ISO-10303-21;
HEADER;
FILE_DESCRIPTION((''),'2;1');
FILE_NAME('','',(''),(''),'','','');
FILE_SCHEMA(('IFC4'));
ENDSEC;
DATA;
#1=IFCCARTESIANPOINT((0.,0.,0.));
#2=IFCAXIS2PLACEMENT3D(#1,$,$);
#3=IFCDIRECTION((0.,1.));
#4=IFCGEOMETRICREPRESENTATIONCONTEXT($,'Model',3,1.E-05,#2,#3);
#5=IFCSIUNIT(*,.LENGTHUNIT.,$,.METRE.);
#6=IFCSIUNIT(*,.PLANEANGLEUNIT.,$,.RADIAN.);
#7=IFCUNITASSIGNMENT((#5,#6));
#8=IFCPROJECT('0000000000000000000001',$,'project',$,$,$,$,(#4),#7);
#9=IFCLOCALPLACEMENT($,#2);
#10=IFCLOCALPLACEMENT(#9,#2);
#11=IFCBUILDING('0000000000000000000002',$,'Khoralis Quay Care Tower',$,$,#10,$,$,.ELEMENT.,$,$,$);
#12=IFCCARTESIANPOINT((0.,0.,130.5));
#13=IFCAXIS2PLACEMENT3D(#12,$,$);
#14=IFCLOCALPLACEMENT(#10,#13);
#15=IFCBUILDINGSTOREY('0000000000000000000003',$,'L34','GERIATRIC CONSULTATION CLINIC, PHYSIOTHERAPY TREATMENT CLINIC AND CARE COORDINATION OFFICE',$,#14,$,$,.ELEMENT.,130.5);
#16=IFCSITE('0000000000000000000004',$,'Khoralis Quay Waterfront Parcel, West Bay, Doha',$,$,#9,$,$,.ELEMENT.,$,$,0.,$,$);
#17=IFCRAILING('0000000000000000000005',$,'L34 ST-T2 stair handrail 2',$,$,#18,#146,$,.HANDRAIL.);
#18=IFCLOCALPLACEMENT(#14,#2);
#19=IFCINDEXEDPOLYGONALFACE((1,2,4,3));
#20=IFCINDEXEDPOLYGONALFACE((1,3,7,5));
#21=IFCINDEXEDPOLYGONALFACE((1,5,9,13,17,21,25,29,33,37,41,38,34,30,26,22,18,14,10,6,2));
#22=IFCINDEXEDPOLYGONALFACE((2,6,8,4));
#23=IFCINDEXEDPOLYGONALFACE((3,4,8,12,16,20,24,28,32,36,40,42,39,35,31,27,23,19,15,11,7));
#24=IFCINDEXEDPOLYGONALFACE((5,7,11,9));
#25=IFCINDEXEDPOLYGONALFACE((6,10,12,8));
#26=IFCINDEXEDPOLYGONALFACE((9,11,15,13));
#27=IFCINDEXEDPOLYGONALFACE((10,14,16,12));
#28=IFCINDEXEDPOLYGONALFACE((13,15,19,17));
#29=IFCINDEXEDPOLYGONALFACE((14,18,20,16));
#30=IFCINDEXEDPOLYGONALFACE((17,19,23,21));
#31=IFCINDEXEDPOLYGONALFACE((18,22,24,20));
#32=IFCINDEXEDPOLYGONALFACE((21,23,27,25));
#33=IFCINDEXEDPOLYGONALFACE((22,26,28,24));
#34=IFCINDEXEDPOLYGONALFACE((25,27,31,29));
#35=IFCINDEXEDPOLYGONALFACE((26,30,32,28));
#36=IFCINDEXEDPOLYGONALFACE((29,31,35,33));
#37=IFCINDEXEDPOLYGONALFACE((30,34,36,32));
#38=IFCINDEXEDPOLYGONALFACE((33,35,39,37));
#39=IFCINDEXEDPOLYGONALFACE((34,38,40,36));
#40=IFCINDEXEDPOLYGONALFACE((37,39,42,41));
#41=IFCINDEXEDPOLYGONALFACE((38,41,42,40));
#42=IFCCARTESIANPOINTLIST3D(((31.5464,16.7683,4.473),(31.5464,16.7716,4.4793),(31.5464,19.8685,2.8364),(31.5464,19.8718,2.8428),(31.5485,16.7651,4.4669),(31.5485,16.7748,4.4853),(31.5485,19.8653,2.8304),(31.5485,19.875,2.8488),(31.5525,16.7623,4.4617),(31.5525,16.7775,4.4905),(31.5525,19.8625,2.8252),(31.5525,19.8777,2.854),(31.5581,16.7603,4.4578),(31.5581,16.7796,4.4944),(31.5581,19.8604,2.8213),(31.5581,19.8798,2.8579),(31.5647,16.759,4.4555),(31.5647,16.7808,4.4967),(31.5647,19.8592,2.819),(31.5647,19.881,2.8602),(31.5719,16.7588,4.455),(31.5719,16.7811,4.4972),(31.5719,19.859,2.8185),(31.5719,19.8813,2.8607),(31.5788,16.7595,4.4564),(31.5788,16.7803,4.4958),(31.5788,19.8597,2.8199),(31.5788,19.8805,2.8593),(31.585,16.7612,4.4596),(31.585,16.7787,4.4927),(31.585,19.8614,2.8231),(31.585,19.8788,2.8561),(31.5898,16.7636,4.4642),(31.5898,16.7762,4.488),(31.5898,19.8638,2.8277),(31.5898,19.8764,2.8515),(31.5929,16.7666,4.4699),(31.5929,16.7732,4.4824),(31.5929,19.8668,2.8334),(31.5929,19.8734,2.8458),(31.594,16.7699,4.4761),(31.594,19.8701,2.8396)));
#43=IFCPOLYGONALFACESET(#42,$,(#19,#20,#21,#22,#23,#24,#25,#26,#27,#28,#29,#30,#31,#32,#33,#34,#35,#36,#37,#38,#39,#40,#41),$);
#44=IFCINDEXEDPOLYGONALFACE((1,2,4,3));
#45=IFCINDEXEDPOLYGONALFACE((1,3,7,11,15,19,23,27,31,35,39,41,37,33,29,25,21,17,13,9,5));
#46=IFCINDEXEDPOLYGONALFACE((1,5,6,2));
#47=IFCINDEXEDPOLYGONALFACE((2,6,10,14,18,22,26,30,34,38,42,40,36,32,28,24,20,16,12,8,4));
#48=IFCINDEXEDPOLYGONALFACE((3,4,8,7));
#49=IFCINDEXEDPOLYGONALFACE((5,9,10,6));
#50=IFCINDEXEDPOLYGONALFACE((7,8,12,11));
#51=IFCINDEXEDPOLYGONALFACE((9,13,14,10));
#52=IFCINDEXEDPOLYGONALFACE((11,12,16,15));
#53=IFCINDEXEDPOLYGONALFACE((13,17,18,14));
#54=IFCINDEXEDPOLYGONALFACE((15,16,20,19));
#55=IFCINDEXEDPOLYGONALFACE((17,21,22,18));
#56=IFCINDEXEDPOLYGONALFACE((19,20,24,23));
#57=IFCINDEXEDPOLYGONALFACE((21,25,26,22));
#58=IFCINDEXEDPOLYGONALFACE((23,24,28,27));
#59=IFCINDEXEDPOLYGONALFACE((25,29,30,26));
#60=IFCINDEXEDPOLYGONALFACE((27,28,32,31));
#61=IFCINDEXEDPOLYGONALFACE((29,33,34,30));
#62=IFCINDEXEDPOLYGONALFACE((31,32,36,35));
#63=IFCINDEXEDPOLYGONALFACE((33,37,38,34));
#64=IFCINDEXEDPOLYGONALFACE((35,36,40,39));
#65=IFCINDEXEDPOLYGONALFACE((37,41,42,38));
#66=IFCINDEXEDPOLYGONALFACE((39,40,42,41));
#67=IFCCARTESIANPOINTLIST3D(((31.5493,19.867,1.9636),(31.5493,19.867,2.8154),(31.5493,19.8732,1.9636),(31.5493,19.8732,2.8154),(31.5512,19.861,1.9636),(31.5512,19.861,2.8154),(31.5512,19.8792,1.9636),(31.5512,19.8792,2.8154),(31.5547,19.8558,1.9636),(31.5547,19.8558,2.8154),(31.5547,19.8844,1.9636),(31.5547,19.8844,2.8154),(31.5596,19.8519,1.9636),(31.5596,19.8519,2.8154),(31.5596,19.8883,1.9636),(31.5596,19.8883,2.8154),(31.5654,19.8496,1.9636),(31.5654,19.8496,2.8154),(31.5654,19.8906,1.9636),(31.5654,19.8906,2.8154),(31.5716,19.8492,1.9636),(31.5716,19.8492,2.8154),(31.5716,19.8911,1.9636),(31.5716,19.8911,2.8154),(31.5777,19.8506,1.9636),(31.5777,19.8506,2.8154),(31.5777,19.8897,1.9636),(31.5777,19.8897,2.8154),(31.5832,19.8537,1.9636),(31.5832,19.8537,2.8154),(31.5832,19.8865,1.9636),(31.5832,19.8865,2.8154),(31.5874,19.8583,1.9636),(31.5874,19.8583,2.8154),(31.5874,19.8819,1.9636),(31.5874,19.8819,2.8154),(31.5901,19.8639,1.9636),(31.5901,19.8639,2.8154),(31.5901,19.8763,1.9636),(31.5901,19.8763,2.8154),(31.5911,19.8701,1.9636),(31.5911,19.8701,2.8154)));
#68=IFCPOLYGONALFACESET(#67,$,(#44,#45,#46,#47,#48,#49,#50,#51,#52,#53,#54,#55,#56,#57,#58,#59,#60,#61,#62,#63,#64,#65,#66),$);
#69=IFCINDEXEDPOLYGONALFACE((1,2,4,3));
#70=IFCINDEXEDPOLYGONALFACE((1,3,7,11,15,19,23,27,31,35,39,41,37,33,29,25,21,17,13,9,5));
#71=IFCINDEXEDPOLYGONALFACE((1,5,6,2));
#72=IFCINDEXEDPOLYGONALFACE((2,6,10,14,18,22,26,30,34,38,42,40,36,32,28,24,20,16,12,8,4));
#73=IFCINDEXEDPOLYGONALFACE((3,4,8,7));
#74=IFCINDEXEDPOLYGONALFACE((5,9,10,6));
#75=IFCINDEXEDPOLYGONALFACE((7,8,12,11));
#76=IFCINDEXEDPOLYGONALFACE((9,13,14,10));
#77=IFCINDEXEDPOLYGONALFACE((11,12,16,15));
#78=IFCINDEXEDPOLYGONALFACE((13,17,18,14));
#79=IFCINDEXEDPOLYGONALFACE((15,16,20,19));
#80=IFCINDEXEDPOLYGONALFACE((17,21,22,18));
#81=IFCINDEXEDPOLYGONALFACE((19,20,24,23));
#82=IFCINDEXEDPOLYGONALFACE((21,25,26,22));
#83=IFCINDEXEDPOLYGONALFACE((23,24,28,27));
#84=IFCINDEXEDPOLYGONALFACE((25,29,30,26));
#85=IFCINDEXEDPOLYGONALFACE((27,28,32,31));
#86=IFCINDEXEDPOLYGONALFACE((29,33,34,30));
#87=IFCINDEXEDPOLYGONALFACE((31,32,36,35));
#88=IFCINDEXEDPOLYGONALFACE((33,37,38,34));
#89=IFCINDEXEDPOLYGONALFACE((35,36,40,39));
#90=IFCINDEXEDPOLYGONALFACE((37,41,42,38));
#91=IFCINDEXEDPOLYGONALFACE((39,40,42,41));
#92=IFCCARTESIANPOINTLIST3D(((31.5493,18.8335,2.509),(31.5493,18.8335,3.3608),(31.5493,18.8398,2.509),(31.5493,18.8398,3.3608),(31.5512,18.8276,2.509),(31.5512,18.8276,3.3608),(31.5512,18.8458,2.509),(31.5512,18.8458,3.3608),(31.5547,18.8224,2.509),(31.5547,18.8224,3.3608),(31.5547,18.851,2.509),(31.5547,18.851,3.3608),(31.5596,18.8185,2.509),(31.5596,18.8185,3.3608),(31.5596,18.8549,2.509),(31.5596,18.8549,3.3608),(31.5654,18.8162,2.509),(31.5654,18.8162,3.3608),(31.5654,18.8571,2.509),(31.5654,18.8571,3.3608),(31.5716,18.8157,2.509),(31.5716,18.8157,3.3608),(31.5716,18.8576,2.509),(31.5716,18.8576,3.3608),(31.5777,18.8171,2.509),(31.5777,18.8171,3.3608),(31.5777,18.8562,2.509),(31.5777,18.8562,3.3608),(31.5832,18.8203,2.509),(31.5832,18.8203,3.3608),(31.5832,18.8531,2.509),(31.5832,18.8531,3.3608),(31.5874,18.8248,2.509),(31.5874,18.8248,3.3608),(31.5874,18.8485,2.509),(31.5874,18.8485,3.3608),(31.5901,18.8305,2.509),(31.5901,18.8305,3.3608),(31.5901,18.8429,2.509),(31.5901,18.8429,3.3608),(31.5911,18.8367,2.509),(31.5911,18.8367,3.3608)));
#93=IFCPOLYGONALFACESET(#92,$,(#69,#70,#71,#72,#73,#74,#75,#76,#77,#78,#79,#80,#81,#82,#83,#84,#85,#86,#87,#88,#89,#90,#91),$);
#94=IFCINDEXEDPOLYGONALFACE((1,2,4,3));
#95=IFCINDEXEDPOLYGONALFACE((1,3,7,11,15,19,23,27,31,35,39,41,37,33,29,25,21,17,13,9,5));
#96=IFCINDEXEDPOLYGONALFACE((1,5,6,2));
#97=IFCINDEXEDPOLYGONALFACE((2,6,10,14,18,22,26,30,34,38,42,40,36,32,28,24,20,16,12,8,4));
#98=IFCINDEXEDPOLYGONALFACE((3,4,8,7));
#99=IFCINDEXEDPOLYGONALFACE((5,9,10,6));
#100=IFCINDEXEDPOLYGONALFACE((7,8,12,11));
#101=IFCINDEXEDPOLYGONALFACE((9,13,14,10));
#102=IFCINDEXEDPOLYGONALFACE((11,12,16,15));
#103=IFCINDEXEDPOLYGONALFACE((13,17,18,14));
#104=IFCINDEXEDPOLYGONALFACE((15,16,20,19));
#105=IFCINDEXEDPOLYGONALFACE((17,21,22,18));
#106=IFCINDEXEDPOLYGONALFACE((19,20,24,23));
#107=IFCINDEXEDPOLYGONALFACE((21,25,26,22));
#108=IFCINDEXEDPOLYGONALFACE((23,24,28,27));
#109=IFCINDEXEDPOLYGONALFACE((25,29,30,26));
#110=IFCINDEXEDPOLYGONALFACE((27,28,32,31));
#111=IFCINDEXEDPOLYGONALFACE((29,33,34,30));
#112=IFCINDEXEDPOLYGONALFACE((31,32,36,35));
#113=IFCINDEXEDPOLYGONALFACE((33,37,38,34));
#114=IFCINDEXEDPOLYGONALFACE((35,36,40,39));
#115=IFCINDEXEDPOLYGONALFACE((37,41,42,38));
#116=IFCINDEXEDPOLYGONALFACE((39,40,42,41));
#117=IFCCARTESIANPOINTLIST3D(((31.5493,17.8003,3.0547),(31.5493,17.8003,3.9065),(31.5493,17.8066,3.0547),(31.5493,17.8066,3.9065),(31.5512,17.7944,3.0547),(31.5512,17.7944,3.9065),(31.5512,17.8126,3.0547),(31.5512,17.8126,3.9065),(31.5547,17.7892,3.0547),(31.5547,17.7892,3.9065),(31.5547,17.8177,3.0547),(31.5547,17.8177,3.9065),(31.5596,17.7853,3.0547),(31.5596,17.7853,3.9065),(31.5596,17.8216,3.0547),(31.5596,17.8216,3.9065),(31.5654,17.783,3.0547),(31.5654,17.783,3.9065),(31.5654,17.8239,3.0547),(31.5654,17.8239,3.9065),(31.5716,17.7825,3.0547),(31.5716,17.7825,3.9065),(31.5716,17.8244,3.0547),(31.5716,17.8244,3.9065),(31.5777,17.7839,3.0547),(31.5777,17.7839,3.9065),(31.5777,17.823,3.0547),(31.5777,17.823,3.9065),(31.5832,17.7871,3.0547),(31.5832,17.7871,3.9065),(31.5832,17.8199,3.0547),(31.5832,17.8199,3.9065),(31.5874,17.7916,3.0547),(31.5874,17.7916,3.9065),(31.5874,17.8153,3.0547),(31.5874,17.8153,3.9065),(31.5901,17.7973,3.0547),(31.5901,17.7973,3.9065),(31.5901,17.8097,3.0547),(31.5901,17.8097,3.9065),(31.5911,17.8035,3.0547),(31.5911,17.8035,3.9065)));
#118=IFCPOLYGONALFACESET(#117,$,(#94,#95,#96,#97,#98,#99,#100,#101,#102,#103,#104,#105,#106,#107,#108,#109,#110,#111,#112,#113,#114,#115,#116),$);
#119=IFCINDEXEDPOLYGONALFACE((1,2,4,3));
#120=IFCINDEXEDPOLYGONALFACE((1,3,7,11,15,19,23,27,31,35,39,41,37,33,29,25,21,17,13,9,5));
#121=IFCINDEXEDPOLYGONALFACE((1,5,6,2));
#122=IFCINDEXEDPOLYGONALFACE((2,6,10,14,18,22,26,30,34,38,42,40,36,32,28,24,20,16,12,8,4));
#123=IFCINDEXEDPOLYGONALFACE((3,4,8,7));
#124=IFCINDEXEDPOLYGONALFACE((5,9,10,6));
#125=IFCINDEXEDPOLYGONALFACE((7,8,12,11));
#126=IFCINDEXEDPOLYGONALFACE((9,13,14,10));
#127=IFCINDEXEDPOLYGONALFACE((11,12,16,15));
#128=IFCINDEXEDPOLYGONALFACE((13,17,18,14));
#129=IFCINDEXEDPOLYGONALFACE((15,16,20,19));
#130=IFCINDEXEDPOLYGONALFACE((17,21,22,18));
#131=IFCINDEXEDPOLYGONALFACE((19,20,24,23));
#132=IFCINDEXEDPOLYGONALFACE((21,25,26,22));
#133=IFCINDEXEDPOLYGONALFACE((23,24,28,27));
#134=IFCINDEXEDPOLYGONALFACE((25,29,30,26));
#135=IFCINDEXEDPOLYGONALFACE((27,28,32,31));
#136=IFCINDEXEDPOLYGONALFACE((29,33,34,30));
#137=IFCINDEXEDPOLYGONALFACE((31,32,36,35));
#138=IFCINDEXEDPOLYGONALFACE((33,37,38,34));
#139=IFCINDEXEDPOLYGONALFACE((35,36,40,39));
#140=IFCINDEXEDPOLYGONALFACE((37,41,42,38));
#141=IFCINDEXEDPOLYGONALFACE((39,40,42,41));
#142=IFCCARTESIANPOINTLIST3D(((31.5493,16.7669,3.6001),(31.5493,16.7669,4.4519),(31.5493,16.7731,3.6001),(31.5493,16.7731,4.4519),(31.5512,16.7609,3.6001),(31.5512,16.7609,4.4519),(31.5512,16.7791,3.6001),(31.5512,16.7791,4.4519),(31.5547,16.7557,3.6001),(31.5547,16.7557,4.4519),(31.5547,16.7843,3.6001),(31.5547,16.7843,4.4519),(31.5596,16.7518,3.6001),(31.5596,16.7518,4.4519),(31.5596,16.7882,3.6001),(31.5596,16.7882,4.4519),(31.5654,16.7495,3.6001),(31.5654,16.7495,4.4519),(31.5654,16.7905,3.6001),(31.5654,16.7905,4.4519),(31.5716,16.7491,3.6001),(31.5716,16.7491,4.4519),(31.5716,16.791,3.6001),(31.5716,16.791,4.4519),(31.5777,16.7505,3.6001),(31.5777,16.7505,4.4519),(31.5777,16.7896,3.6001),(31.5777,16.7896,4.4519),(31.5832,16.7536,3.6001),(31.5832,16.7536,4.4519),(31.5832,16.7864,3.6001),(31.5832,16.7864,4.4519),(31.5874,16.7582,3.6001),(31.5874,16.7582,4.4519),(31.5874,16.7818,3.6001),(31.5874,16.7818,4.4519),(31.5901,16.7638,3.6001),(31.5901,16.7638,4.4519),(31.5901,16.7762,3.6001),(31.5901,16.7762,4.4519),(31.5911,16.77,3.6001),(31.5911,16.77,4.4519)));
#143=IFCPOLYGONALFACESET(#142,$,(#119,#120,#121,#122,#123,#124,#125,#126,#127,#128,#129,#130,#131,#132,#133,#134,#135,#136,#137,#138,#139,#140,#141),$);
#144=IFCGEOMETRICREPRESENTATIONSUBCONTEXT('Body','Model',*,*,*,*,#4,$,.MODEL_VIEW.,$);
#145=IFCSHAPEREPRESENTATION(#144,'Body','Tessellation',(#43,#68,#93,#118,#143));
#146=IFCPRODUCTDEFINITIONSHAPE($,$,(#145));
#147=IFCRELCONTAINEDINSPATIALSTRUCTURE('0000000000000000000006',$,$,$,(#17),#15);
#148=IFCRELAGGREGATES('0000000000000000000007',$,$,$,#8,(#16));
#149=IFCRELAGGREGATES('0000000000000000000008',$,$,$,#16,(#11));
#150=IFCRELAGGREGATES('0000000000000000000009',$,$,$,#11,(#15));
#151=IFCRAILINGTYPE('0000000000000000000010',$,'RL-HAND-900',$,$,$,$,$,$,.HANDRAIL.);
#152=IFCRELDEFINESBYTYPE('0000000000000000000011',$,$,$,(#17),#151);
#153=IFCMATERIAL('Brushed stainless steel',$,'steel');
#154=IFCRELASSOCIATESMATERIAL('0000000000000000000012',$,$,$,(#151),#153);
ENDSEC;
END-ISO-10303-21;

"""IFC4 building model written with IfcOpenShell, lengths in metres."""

from ifc_helpers import new_model, si_unit, direction, frame, origin, origin_2d, place, context, subcontext, project, spatial, circle, extrude, material, type_object, element, save


model = new_model("IFC4")

# Units and contexts
model_context = context("Model", 3, precision=1e-05, world=origin(), true_north=direction((0.0, 1.0)))
body_context = subcontext(model_context, "Body", "Model", "MODEL_VIEW")
ifc_project = project(units=[si_unit("LENGTHUNIT", "METRE"), si_unit("PLANEANGLEUNIT", "RADIAN")], contexts=[model_context])

# Site, building, storey
site_placement = place(None, origin())
site = spatial("IfcSite", under=ifc_project, at=site_placement, Name="Khoralis Quay Waterfront Parcel, West Bay, Doha", CompositionType="ELEMENT", RefElevation=0.0)
building_placement = place(site_placement, origin())
building = spatial("IfcBuilding", under=site, at=building_placement, Name="Khoralis Quay Care Tower", CompositionType="ELEMENT")
storey_placement = place(building_placement, frame((0.0, 0.0, 130.5)))
storey = spatial("IfcBuildingStorey", under=building, at=storey_placement, Name="L34", Description="GERIATRIC CONSULTATION CLINIC, PHYSIOTHERAPY TREATMENT CLINIC AND CARE COORDINATION OFFICE", CompositionType="ELEMENT", Elevation=130.5)

# Shared definitions
ifc_material_1 = material(Name="Brushed stainless steel", Category="steel")

# Railing
railing_type_1 = type_object("IfcRailingType", Name="RL-HAND-900", PredefinedType="HANDRAIL", material=ifc_material_1)
railing_1_placement = place(storey_placement, frame((31.5701, 19.8701, 1.9636)))
element("IfcRailing", 1, at=railing_1_placement, inside=storey, type_object=railing_type_1, Name="L34 ST-T2 stair handrail 2", PredefinedType="HANDRAIL", context=body_context, shape_type="SweptSolid", body=[
    extrude(circle(Radius=0.0239, at=origin_2d()), frame((0.0, 0.0, 0.876), z_axis=(0.0, -0.884348, 0.466828), x_axis=(1.0, 0.0, 0.0)), (0.0, 0.0, 1.0), 3.5056),
    extrude(circle(Radius=0.021, at=origin_2d()), origin(), (0.0, 0.0, 1.0), 0.8518),
    extrude(circle(Radius=0.021, at=origin_2d()), frame((0.0, -1.0334, 0.5454)), (0.0, 0.0, 1.0), 0.8518),
    extrude(circle(Radius=0.021, at=origin_2d()), frame((0.0, -2.0667, 1.0911)), (0.0, 0.0, 1.0), 0.8518),
    extrude(circle(Radius=0.021, at=origin_2d()), frame((0.0, -3.1001, 1.6365)), (0.0, 0.0, 1.0), 0.8518),
])

save(model, "model.ifc")
